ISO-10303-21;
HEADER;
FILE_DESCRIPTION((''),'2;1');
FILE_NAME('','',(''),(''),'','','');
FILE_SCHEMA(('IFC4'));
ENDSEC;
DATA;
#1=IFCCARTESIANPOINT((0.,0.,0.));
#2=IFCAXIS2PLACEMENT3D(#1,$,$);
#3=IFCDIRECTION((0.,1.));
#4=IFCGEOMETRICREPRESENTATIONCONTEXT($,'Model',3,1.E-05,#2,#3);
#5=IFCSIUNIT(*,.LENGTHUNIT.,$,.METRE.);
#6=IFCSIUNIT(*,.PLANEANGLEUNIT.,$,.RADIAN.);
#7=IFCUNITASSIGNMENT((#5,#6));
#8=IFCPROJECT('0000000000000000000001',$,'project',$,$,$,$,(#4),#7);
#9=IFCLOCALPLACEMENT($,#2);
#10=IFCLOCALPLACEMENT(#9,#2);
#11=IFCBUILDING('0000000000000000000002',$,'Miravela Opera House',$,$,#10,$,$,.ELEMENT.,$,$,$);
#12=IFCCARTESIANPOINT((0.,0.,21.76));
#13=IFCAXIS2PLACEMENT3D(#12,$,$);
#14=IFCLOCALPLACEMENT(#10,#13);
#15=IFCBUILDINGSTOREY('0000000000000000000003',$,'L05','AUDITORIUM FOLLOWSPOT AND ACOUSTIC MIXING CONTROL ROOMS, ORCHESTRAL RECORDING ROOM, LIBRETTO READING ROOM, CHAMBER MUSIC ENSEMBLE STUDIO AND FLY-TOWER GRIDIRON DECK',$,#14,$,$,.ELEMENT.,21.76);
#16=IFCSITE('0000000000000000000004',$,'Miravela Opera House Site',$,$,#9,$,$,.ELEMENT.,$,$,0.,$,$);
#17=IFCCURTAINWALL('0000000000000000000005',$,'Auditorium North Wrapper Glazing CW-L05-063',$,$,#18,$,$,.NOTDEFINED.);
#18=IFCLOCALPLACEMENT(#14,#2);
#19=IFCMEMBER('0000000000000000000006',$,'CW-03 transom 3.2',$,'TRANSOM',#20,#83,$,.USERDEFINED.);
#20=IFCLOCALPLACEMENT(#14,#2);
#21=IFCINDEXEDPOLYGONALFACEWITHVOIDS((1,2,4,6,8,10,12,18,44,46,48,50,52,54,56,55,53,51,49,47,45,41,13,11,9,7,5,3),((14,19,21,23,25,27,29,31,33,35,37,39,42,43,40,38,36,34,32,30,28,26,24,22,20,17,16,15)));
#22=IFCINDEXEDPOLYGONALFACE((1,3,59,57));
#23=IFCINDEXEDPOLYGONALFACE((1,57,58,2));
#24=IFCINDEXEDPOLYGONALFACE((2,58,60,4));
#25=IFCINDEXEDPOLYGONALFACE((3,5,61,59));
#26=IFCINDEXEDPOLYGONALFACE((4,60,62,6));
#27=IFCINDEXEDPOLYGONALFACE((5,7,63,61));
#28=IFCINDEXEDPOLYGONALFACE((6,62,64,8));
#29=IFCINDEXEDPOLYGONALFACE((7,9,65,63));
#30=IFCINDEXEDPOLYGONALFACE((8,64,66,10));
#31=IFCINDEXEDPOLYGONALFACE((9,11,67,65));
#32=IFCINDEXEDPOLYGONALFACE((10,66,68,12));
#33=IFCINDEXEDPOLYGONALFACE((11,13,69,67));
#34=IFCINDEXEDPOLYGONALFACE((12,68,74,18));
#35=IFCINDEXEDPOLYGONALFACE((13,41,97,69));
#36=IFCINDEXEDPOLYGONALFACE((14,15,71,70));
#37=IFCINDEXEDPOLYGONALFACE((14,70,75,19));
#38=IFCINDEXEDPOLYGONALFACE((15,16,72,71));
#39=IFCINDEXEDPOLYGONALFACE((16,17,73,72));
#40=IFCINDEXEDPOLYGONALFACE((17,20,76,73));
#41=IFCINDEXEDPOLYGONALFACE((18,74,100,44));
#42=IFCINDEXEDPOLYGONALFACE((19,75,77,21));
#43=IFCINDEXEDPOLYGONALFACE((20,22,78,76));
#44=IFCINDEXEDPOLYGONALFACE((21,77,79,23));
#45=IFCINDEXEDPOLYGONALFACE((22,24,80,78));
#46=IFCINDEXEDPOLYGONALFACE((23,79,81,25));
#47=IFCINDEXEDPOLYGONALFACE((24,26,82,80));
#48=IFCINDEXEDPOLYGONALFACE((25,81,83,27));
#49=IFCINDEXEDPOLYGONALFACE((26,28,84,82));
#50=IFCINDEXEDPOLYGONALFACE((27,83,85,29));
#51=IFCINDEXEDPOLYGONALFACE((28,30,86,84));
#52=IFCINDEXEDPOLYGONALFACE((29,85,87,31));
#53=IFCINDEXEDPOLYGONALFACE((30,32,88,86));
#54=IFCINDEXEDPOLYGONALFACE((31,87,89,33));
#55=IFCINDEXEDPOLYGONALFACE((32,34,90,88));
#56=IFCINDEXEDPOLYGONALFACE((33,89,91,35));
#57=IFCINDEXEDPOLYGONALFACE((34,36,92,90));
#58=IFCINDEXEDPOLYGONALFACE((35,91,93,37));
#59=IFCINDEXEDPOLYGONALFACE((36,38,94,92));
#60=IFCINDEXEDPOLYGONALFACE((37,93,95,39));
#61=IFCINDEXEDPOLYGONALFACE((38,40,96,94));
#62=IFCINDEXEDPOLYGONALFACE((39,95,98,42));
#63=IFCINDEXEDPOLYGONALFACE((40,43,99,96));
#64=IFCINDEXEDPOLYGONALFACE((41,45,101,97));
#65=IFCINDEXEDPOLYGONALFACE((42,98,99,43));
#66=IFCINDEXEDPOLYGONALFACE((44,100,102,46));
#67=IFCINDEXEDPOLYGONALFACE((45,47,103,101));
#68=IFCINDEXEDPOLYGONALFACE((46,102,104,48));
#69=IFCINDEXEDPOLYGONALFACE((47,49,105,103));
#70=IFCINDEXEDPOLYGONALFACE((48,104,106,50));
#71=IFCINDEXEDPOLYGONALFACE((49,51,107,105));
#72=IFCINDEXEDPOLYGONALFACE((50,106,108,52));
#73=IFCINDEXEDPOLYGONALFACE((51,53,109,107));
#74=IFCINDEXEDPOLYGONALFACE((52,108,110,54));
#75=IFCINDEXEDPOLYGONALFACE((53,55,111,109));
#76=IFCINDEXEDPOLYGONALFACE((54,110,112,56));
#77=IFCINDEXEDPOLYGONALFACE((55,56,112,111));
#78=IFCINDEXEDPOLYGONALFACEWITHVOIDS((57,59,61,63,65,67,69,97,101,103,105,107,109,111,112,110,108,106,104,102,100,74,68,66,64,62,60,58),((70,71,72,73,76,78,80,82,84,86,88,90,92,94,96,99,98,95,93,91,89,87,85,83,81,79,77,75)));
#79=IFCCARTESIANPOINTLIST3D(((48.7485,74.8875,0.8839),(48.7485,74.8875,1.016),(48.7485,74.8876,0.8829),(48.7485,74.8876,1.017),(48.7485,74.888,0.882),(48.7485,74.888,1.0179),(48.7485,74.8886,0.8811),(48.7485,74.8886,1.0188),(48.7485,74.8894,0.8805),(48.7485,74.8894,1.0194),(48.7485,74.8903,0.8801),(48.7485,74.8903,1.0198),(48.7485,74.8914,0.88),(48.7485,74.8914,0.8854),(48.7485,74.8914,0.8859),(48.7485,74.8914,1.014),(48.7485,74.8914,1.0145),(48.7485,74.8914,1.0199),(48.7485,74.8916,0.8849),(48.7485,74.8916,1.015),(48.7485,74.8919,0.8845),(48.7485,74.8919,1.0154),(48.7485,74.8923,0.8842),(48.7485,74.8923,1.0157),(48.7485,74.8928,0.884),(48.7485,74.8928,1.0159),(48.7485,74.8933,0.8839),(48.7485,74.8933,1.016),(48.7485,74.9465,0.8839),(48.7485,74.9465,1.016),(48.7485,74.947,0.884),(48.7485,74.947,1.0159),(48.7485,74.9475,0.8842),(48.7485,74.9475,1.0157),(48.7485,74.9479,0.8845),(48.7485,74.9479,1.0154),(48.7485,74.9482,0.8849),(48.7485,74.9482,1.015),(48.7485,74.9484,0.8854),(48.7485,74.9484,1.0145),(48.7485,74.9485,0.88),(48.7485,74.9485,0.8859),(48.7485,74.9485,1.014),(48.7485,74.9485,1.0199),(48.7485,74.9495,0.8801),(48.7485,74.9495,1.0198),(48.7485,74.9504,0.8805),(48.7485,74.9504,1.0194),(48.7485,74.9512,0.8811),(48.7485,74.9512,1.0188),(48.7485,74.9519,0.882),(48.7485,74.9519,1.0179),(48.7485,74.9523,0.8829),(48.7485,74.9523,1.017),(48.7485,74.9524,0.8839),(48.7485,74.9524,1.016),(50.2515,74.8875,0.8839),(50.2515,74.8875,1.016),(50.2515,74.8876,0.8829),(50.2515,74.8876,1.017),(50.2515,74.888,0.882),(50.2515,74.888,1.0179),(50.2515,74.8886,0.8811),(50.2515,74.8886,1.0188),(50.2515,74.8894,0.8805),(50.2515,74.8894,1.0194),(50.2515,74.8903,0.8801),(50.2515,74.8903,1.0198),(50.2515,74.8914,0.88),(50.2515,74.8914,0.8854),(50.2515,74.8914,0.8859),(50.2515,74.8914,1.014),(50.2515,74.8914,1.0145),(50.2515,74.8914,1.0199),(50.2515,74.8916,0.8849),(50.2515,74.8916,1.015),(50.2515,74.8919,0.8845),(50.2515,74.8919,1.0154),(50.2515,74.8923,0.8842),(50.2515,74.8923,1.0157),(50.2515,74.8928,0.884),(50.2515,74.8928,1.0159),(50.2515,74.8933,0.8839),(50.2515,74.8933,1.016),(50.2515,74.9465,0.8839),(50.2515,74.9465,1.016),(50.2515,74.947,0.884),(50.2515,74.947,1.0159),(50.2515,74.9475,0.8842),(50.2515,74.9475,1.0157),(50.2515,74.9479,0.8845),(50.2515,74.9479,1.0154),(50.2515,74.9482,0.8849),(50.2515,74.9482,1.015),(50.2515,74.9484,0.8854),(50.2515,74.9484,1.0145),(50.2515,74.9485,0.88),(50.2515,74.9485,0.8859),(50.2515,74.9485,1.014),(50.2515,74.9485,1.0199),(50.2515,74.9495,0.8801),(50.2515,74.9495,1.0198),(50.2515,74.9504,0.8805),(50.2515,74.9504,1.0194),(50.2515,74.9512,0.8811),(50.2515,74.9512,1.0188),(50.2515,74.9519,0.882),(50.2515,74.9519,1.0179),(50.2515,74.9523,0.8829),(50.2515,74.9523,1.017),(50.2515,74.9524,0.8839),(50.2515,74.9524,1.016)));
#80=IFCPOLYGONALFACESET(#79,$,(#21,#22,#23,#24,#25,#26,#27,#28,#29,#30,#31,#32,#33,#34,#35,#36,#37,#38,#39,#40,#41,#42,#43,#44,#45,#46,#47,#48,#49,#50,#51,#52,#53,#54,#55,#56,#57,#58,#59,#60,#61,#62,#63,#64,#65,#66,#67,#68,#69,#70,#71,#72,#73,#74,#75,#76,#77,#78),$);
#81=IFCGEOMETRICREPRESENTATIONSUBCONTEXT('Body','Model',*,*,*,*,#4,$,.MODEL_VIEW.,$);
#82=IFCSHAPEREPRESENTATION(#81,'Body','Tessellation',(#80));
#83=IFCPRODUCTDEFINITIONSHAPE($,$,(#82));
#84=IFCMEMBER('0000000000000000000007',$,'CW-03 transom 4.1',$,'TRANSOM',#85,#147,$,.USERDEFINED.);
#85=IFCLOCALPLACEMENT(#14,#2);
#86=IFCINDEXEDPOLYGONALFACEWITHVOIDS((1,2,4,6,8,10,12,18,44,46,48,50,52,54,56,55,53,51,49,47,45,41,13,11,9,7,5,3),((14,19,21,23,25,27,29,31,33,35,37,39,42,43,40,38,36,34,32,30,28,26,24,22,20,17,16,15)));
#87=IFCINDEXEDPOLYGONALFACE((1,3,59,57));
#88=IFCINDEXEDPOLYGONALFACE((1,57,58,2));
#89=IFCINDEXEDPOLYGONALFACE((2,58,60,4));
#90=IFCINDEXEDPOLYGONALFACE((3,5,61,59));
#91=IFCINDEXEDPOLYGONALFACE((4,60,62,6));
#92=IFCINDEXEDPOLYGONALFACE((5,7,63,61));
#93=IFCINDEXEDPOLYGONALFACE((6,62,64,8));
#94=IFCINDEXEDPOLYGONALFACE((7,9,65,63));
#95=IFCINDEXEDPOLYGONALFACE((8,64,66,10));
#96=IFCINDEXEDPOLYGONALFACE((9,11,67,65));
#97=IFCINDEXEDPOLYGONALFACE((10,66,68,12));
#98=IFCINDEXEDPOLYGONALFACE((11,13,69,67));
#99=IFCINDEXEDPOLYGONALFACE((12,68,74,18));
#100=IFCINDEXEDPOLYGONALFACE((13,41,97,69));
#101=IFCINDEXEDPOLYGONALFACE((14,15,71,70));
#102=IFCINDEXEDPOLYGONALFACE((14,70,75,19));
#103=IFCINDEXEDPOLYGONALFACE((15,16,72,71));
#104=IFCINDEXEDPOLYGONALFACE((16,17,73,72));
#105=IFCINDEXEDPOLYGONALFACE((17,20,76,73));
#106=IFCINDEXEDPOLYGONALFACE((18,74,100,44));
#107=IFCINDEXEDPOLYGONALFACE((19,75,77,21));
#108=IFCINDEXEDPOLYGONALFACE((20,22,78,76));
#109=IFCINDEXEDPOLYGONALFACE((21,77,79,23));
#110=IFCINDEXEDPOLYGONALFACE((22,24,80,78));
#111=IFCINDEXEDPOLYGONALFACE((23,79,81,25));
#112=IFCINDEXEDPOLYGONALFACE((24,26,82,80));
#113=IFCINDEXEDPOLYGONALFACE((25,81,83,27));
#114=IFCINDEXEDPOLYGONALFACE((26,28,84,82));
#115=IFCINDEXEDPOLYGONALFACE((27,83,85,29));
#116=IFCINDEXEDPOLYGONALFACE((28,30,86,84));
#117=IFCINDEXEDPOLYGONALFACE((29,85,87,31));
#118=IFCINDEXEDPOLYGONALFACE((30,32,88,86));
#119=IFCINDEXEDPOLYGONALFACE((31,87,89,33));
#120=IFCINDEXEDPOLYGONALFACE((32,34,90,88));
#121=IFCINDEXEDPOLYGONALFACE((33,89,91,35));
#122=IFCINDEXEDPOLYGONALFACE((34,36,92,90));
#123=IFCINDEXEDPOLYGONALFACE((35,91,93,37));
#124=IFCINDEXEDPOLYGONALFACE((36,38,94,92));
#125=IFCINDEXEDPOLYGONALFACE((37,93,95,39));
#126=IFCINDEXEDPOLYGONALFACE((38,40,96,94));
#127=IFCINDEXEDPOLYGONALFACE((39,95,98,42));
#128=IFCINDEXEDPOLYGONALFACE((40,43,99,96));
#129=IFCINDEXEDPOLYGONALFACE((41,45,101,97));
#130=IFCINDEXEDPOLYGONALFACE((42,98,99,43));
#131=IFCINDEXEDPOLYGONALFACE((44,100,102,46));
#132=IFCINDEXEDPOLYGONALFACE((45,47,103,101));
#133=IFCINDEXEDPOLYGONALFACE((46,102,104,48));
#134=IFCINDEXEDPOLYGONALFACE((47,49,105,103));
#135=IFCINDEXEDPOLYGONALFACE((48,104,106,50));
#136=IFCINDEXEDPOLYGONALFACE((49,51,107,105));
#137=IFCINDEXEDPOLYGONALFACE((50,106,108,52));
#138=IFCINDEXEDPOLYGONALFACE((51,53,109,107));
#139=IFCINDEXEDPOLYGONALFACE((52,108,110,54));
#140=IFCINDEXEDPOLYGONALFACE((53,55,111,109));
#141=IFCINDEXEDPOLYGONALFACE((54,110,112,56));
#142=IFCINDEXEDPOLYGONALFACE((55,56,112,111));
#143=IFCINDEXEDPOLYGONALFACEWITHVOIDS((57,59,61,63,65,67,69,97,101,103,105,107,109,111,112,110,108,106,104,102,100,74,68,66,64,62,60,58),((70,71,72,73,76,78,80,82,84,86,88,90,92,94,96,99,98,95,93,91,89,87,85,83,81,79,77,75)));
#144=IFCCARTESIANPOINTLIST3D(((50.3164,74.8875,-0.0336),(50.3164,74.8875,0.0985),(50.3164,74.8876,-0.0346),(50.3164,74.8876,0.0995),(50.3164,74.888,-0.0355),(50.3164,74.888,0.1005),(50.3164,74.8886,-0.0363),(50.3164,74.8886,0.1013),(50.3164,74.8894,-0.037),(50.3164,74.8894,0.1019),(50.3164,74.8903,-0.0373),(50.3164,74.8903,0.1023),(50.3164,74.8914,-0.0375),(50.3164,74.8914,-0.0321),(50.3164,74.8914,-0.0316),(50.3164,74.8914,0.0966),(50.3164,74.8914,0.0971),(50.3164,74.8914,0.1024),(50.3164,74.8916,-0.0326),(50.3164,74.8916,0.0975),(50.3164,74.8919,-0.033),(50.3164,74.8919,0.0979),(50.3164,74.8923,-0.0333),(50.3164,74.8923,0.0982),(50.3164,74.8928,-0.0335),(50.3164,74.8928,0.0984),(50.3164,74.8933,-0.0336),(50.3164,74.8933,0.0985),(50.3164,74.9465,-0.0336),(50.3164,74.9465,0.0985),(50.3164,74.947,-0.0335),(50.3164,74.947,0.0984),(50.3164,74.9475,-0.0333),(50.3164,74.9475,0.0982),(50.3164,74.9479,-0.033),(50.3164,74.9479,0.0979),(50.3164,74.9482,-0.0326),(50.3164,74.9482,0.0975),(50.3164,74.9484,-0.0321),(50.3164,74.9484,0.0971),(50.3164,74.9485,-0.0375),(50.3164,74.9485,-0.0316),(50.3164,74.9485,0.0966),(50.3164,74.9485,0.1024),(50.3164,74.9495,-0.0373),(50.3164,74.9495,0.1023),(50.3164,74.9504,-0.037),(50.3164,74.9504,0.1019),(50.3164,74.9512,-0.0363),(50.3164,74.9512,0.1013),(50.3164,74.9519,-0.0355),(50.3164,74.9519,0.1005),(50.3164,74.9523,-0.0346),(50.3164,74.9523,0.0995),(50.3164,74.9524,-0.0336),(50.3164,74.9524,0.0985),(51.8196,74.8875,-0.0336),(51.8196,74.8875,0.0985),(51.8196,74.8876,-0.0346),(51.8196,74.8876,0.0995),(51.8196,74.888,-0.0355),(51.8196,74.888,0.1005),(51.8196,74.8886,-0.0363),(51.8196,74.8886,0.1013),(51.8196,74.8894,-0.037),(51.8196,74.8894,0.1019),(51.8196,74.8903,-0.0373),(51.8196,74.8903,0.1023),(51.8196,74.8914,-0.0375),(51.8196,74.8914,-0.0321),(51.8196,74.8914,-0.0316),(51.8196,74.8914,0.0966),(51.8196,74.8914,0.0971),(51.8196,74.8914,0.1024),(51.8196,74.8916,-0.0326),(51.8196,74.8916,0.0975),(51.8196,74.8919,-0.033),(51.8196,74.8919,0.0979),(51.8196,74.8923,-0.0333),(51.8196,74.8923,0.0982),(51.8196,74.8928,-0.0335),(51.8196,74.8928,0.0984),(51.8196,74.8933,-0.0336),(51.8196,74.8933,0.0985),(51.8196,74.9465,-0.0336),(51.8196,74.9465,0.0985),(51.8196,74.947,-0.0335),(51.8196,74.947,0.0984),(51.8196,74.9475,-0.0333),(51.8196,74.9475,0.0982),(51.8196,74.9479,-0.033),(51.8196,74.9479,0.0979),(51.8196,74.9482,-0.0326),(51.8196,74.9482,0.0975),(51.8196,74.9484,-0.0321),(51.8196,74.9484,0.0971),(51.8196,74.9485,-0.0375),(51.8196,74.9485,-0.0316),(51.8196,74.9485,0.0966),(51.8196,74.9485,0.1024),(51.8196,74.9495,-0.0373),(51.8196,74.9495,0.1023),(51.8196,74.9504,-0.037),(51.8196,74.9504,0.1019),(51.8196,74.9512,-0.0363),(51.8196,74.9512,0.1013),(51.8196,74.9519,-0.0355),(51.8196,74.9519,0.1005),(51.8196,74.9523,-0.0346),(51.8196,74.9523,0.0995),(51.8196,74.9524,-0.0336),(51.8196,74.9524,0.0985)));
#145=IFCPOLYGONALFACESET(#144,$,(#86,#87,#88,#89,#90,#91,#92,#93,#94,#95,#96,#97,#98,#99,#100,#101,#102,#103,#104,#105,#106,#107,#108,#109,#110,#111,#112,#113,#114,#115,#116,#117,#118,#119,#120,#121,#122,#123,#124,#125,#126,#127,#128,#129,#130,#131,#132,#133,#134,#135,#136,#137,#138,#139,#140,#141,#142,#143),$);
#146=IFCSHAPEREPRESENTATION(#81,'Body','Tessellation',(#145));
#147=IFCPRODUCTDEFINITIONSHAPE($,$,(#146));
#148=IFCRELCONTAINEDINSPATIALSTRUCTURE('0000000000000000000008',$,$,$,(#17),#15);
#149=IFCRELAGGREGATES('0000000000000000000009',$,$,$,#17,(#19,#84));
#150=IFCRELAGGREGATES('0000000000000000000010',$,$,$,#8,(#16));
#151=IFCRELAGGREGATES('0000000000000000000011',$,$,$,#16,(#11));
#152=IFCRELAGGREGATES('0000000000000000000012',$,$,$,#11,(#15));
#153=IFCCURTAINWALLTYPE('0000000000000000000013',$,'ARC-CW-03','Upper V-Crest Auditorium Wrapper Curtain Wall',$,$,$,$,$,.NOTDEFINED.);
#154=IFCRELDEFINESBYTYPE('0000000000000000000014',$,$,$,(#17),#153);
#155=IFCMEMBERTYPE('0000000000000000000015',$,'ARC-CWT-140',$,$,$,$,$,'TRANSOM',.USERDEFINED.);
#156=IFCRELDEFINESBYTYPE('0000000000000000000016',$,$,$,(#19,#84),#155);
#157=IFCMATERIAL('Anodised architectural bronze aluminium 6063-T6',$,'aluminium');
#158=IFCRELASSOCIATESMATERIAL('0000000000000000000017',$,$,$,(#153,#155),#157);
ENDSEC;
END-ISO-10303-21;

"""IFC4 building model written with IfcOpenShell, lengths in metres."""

from ifc_helpers import new_model, si_unit, direction, frame, origin, origin_2d, place, context, subcontext, project, spatial, hollow_rectangle, extrude, material, material_profile, profile_set, type_object, element, aggregate, save


model = new_model("IFC4")

# Units and contexts
model_context = context("Model", 3, precision=1e-05, world=origin(), true_north=direction((0.0, 1.0)))
body_context = subcontext(model_context, "Body", "Model", "MODEL_VIEW")
ifc_project = project(units=[si_unit("LENGTHUNIT", "METRE"), si_unit("PLANEANGLEUNIT", "RADIAN")], contexts=[model_context])

# Site, building, storey
site_placement = place(None, origin())
site = spatial("IfcSite", under=ifc_project, at=site_placement, Name="Miravela Opera House Site", CompositionType="ELEMENT", RefElevation=0.0)
building_placement = place(site_placement, origin())
building = spatial("IfcBuilding", under=site, at=building_placement, Name="Miravela Opera House", CompositionType="ELEMENT")
storey_placement = place(building_placement, frame((0.0, 0.0, 21.76)))
storey = spatial("IfcBuildingStorey", under=building, at=storey_placement, Name="L05", Description="AUDITORIUM FOLLOWSPOT AND ACOUSTIC MIXING CONTROL ROOMS, ORCHESTRAL RECORDING ROOM, LIBRETTO READING ROOM, CHAMBER MUSIC ENSEMBLE STUDIO AND FLY-TOWER GRIDIRON DECK", CompositionType="ELEMENT", Elevation=21.76)

# Curtain wall
ifc_material_1 = material(Name="Anodised architectural bronze aluminium 6063-T6", Category="aluminium")
curtain_wall_type = type_object("IfcCurtainWallType", Name="ARC-CW-03", Description="Upper V-Crest Auditorium Wrapper Curtain Wall", PredefinedType="NOTDEFINED", material=ifc_material_1)
curtain_wall_1_placement = place(storey_placement, origin())
curtain_wall_1 = element("IfcCurtainWall", 1, at=curtain_wall_1_placement, inside=storey, type_object=curtain_wall_type, Name="Auditorium North Wrapper Glazing CW-L05-063", PredefinedType="NOTDEFINED")

# Members
ifc_material_profile_1 = material_profile(ifc_material_1, hollow_rectangle(XDim=0.0649, YDim=0.1399, WallThickness=0.0039, InnerFilletRadius=0.002, OuterFilletRadius=0.0039, at=origin_2d()), Name="CWT-65X140")
ifc_profile_set_1 = profile_set([ifc_material_profile_1])
member_type_1 = type_object("IfcMemberType", Name="ARC-CWT-140", ElementType="TRANSOM", PredefinedType="USERDEFINED", material=ifc_profile_set_1)
member_1_placement = place(storey_placement, frame((48.7485, 74.9199, 0.95), z_axis=(1.0, 0.0, 0.0), x_axis=(0.0, 1.0, 0.0)))
member_1 = element("IfcMember", 2, at=member_1_placement, type_object=member_type_1, Name="CW-03 transom 3.2", ObjectType="TRANSOM", PredefinedType="USERDEFINED", context=body_context, shape_type="SweptSolid", body=[
    extrude(hollow_rectangle(XDim=0.0649, YDim=0.1399, WallThickness=0.0039, InnerFilletRadius=0.002, OuterFilletRadius=0.0039, at=origin_2d()), origin(), (0.0, 0.0, 1.0), 1.5029),
])
member_2_placement = place(storey_placement, frame((50.3164, 74.9199, 0.0325), z_axis=(1.0, 0.0, 0.0), x_axis=(0.0, 1.0, 0.0)))
member_2 = element("IfcMember", 3, at=member_2_placement, type_object=member_type_1, Name="CW-03 transom 4.1", ObjectType="TRANSOM", PredefinedType="USERDEFINED", context=body_context, shape_type="SweptSolid", body=[
    extrude(hollow_rectangle(XDim=0.0649, YDim=0.1399, WallThickness=0.0039, InnerFilletRadius=0.002, OuterFilletRadius=0.0039, at=origin_2d()), origin(), (0.0, 0.0, 1.0), 1.5032),
])

aggregate(curtain_wall_1, [member_1, member_2])

save(model, "model.ifc")
